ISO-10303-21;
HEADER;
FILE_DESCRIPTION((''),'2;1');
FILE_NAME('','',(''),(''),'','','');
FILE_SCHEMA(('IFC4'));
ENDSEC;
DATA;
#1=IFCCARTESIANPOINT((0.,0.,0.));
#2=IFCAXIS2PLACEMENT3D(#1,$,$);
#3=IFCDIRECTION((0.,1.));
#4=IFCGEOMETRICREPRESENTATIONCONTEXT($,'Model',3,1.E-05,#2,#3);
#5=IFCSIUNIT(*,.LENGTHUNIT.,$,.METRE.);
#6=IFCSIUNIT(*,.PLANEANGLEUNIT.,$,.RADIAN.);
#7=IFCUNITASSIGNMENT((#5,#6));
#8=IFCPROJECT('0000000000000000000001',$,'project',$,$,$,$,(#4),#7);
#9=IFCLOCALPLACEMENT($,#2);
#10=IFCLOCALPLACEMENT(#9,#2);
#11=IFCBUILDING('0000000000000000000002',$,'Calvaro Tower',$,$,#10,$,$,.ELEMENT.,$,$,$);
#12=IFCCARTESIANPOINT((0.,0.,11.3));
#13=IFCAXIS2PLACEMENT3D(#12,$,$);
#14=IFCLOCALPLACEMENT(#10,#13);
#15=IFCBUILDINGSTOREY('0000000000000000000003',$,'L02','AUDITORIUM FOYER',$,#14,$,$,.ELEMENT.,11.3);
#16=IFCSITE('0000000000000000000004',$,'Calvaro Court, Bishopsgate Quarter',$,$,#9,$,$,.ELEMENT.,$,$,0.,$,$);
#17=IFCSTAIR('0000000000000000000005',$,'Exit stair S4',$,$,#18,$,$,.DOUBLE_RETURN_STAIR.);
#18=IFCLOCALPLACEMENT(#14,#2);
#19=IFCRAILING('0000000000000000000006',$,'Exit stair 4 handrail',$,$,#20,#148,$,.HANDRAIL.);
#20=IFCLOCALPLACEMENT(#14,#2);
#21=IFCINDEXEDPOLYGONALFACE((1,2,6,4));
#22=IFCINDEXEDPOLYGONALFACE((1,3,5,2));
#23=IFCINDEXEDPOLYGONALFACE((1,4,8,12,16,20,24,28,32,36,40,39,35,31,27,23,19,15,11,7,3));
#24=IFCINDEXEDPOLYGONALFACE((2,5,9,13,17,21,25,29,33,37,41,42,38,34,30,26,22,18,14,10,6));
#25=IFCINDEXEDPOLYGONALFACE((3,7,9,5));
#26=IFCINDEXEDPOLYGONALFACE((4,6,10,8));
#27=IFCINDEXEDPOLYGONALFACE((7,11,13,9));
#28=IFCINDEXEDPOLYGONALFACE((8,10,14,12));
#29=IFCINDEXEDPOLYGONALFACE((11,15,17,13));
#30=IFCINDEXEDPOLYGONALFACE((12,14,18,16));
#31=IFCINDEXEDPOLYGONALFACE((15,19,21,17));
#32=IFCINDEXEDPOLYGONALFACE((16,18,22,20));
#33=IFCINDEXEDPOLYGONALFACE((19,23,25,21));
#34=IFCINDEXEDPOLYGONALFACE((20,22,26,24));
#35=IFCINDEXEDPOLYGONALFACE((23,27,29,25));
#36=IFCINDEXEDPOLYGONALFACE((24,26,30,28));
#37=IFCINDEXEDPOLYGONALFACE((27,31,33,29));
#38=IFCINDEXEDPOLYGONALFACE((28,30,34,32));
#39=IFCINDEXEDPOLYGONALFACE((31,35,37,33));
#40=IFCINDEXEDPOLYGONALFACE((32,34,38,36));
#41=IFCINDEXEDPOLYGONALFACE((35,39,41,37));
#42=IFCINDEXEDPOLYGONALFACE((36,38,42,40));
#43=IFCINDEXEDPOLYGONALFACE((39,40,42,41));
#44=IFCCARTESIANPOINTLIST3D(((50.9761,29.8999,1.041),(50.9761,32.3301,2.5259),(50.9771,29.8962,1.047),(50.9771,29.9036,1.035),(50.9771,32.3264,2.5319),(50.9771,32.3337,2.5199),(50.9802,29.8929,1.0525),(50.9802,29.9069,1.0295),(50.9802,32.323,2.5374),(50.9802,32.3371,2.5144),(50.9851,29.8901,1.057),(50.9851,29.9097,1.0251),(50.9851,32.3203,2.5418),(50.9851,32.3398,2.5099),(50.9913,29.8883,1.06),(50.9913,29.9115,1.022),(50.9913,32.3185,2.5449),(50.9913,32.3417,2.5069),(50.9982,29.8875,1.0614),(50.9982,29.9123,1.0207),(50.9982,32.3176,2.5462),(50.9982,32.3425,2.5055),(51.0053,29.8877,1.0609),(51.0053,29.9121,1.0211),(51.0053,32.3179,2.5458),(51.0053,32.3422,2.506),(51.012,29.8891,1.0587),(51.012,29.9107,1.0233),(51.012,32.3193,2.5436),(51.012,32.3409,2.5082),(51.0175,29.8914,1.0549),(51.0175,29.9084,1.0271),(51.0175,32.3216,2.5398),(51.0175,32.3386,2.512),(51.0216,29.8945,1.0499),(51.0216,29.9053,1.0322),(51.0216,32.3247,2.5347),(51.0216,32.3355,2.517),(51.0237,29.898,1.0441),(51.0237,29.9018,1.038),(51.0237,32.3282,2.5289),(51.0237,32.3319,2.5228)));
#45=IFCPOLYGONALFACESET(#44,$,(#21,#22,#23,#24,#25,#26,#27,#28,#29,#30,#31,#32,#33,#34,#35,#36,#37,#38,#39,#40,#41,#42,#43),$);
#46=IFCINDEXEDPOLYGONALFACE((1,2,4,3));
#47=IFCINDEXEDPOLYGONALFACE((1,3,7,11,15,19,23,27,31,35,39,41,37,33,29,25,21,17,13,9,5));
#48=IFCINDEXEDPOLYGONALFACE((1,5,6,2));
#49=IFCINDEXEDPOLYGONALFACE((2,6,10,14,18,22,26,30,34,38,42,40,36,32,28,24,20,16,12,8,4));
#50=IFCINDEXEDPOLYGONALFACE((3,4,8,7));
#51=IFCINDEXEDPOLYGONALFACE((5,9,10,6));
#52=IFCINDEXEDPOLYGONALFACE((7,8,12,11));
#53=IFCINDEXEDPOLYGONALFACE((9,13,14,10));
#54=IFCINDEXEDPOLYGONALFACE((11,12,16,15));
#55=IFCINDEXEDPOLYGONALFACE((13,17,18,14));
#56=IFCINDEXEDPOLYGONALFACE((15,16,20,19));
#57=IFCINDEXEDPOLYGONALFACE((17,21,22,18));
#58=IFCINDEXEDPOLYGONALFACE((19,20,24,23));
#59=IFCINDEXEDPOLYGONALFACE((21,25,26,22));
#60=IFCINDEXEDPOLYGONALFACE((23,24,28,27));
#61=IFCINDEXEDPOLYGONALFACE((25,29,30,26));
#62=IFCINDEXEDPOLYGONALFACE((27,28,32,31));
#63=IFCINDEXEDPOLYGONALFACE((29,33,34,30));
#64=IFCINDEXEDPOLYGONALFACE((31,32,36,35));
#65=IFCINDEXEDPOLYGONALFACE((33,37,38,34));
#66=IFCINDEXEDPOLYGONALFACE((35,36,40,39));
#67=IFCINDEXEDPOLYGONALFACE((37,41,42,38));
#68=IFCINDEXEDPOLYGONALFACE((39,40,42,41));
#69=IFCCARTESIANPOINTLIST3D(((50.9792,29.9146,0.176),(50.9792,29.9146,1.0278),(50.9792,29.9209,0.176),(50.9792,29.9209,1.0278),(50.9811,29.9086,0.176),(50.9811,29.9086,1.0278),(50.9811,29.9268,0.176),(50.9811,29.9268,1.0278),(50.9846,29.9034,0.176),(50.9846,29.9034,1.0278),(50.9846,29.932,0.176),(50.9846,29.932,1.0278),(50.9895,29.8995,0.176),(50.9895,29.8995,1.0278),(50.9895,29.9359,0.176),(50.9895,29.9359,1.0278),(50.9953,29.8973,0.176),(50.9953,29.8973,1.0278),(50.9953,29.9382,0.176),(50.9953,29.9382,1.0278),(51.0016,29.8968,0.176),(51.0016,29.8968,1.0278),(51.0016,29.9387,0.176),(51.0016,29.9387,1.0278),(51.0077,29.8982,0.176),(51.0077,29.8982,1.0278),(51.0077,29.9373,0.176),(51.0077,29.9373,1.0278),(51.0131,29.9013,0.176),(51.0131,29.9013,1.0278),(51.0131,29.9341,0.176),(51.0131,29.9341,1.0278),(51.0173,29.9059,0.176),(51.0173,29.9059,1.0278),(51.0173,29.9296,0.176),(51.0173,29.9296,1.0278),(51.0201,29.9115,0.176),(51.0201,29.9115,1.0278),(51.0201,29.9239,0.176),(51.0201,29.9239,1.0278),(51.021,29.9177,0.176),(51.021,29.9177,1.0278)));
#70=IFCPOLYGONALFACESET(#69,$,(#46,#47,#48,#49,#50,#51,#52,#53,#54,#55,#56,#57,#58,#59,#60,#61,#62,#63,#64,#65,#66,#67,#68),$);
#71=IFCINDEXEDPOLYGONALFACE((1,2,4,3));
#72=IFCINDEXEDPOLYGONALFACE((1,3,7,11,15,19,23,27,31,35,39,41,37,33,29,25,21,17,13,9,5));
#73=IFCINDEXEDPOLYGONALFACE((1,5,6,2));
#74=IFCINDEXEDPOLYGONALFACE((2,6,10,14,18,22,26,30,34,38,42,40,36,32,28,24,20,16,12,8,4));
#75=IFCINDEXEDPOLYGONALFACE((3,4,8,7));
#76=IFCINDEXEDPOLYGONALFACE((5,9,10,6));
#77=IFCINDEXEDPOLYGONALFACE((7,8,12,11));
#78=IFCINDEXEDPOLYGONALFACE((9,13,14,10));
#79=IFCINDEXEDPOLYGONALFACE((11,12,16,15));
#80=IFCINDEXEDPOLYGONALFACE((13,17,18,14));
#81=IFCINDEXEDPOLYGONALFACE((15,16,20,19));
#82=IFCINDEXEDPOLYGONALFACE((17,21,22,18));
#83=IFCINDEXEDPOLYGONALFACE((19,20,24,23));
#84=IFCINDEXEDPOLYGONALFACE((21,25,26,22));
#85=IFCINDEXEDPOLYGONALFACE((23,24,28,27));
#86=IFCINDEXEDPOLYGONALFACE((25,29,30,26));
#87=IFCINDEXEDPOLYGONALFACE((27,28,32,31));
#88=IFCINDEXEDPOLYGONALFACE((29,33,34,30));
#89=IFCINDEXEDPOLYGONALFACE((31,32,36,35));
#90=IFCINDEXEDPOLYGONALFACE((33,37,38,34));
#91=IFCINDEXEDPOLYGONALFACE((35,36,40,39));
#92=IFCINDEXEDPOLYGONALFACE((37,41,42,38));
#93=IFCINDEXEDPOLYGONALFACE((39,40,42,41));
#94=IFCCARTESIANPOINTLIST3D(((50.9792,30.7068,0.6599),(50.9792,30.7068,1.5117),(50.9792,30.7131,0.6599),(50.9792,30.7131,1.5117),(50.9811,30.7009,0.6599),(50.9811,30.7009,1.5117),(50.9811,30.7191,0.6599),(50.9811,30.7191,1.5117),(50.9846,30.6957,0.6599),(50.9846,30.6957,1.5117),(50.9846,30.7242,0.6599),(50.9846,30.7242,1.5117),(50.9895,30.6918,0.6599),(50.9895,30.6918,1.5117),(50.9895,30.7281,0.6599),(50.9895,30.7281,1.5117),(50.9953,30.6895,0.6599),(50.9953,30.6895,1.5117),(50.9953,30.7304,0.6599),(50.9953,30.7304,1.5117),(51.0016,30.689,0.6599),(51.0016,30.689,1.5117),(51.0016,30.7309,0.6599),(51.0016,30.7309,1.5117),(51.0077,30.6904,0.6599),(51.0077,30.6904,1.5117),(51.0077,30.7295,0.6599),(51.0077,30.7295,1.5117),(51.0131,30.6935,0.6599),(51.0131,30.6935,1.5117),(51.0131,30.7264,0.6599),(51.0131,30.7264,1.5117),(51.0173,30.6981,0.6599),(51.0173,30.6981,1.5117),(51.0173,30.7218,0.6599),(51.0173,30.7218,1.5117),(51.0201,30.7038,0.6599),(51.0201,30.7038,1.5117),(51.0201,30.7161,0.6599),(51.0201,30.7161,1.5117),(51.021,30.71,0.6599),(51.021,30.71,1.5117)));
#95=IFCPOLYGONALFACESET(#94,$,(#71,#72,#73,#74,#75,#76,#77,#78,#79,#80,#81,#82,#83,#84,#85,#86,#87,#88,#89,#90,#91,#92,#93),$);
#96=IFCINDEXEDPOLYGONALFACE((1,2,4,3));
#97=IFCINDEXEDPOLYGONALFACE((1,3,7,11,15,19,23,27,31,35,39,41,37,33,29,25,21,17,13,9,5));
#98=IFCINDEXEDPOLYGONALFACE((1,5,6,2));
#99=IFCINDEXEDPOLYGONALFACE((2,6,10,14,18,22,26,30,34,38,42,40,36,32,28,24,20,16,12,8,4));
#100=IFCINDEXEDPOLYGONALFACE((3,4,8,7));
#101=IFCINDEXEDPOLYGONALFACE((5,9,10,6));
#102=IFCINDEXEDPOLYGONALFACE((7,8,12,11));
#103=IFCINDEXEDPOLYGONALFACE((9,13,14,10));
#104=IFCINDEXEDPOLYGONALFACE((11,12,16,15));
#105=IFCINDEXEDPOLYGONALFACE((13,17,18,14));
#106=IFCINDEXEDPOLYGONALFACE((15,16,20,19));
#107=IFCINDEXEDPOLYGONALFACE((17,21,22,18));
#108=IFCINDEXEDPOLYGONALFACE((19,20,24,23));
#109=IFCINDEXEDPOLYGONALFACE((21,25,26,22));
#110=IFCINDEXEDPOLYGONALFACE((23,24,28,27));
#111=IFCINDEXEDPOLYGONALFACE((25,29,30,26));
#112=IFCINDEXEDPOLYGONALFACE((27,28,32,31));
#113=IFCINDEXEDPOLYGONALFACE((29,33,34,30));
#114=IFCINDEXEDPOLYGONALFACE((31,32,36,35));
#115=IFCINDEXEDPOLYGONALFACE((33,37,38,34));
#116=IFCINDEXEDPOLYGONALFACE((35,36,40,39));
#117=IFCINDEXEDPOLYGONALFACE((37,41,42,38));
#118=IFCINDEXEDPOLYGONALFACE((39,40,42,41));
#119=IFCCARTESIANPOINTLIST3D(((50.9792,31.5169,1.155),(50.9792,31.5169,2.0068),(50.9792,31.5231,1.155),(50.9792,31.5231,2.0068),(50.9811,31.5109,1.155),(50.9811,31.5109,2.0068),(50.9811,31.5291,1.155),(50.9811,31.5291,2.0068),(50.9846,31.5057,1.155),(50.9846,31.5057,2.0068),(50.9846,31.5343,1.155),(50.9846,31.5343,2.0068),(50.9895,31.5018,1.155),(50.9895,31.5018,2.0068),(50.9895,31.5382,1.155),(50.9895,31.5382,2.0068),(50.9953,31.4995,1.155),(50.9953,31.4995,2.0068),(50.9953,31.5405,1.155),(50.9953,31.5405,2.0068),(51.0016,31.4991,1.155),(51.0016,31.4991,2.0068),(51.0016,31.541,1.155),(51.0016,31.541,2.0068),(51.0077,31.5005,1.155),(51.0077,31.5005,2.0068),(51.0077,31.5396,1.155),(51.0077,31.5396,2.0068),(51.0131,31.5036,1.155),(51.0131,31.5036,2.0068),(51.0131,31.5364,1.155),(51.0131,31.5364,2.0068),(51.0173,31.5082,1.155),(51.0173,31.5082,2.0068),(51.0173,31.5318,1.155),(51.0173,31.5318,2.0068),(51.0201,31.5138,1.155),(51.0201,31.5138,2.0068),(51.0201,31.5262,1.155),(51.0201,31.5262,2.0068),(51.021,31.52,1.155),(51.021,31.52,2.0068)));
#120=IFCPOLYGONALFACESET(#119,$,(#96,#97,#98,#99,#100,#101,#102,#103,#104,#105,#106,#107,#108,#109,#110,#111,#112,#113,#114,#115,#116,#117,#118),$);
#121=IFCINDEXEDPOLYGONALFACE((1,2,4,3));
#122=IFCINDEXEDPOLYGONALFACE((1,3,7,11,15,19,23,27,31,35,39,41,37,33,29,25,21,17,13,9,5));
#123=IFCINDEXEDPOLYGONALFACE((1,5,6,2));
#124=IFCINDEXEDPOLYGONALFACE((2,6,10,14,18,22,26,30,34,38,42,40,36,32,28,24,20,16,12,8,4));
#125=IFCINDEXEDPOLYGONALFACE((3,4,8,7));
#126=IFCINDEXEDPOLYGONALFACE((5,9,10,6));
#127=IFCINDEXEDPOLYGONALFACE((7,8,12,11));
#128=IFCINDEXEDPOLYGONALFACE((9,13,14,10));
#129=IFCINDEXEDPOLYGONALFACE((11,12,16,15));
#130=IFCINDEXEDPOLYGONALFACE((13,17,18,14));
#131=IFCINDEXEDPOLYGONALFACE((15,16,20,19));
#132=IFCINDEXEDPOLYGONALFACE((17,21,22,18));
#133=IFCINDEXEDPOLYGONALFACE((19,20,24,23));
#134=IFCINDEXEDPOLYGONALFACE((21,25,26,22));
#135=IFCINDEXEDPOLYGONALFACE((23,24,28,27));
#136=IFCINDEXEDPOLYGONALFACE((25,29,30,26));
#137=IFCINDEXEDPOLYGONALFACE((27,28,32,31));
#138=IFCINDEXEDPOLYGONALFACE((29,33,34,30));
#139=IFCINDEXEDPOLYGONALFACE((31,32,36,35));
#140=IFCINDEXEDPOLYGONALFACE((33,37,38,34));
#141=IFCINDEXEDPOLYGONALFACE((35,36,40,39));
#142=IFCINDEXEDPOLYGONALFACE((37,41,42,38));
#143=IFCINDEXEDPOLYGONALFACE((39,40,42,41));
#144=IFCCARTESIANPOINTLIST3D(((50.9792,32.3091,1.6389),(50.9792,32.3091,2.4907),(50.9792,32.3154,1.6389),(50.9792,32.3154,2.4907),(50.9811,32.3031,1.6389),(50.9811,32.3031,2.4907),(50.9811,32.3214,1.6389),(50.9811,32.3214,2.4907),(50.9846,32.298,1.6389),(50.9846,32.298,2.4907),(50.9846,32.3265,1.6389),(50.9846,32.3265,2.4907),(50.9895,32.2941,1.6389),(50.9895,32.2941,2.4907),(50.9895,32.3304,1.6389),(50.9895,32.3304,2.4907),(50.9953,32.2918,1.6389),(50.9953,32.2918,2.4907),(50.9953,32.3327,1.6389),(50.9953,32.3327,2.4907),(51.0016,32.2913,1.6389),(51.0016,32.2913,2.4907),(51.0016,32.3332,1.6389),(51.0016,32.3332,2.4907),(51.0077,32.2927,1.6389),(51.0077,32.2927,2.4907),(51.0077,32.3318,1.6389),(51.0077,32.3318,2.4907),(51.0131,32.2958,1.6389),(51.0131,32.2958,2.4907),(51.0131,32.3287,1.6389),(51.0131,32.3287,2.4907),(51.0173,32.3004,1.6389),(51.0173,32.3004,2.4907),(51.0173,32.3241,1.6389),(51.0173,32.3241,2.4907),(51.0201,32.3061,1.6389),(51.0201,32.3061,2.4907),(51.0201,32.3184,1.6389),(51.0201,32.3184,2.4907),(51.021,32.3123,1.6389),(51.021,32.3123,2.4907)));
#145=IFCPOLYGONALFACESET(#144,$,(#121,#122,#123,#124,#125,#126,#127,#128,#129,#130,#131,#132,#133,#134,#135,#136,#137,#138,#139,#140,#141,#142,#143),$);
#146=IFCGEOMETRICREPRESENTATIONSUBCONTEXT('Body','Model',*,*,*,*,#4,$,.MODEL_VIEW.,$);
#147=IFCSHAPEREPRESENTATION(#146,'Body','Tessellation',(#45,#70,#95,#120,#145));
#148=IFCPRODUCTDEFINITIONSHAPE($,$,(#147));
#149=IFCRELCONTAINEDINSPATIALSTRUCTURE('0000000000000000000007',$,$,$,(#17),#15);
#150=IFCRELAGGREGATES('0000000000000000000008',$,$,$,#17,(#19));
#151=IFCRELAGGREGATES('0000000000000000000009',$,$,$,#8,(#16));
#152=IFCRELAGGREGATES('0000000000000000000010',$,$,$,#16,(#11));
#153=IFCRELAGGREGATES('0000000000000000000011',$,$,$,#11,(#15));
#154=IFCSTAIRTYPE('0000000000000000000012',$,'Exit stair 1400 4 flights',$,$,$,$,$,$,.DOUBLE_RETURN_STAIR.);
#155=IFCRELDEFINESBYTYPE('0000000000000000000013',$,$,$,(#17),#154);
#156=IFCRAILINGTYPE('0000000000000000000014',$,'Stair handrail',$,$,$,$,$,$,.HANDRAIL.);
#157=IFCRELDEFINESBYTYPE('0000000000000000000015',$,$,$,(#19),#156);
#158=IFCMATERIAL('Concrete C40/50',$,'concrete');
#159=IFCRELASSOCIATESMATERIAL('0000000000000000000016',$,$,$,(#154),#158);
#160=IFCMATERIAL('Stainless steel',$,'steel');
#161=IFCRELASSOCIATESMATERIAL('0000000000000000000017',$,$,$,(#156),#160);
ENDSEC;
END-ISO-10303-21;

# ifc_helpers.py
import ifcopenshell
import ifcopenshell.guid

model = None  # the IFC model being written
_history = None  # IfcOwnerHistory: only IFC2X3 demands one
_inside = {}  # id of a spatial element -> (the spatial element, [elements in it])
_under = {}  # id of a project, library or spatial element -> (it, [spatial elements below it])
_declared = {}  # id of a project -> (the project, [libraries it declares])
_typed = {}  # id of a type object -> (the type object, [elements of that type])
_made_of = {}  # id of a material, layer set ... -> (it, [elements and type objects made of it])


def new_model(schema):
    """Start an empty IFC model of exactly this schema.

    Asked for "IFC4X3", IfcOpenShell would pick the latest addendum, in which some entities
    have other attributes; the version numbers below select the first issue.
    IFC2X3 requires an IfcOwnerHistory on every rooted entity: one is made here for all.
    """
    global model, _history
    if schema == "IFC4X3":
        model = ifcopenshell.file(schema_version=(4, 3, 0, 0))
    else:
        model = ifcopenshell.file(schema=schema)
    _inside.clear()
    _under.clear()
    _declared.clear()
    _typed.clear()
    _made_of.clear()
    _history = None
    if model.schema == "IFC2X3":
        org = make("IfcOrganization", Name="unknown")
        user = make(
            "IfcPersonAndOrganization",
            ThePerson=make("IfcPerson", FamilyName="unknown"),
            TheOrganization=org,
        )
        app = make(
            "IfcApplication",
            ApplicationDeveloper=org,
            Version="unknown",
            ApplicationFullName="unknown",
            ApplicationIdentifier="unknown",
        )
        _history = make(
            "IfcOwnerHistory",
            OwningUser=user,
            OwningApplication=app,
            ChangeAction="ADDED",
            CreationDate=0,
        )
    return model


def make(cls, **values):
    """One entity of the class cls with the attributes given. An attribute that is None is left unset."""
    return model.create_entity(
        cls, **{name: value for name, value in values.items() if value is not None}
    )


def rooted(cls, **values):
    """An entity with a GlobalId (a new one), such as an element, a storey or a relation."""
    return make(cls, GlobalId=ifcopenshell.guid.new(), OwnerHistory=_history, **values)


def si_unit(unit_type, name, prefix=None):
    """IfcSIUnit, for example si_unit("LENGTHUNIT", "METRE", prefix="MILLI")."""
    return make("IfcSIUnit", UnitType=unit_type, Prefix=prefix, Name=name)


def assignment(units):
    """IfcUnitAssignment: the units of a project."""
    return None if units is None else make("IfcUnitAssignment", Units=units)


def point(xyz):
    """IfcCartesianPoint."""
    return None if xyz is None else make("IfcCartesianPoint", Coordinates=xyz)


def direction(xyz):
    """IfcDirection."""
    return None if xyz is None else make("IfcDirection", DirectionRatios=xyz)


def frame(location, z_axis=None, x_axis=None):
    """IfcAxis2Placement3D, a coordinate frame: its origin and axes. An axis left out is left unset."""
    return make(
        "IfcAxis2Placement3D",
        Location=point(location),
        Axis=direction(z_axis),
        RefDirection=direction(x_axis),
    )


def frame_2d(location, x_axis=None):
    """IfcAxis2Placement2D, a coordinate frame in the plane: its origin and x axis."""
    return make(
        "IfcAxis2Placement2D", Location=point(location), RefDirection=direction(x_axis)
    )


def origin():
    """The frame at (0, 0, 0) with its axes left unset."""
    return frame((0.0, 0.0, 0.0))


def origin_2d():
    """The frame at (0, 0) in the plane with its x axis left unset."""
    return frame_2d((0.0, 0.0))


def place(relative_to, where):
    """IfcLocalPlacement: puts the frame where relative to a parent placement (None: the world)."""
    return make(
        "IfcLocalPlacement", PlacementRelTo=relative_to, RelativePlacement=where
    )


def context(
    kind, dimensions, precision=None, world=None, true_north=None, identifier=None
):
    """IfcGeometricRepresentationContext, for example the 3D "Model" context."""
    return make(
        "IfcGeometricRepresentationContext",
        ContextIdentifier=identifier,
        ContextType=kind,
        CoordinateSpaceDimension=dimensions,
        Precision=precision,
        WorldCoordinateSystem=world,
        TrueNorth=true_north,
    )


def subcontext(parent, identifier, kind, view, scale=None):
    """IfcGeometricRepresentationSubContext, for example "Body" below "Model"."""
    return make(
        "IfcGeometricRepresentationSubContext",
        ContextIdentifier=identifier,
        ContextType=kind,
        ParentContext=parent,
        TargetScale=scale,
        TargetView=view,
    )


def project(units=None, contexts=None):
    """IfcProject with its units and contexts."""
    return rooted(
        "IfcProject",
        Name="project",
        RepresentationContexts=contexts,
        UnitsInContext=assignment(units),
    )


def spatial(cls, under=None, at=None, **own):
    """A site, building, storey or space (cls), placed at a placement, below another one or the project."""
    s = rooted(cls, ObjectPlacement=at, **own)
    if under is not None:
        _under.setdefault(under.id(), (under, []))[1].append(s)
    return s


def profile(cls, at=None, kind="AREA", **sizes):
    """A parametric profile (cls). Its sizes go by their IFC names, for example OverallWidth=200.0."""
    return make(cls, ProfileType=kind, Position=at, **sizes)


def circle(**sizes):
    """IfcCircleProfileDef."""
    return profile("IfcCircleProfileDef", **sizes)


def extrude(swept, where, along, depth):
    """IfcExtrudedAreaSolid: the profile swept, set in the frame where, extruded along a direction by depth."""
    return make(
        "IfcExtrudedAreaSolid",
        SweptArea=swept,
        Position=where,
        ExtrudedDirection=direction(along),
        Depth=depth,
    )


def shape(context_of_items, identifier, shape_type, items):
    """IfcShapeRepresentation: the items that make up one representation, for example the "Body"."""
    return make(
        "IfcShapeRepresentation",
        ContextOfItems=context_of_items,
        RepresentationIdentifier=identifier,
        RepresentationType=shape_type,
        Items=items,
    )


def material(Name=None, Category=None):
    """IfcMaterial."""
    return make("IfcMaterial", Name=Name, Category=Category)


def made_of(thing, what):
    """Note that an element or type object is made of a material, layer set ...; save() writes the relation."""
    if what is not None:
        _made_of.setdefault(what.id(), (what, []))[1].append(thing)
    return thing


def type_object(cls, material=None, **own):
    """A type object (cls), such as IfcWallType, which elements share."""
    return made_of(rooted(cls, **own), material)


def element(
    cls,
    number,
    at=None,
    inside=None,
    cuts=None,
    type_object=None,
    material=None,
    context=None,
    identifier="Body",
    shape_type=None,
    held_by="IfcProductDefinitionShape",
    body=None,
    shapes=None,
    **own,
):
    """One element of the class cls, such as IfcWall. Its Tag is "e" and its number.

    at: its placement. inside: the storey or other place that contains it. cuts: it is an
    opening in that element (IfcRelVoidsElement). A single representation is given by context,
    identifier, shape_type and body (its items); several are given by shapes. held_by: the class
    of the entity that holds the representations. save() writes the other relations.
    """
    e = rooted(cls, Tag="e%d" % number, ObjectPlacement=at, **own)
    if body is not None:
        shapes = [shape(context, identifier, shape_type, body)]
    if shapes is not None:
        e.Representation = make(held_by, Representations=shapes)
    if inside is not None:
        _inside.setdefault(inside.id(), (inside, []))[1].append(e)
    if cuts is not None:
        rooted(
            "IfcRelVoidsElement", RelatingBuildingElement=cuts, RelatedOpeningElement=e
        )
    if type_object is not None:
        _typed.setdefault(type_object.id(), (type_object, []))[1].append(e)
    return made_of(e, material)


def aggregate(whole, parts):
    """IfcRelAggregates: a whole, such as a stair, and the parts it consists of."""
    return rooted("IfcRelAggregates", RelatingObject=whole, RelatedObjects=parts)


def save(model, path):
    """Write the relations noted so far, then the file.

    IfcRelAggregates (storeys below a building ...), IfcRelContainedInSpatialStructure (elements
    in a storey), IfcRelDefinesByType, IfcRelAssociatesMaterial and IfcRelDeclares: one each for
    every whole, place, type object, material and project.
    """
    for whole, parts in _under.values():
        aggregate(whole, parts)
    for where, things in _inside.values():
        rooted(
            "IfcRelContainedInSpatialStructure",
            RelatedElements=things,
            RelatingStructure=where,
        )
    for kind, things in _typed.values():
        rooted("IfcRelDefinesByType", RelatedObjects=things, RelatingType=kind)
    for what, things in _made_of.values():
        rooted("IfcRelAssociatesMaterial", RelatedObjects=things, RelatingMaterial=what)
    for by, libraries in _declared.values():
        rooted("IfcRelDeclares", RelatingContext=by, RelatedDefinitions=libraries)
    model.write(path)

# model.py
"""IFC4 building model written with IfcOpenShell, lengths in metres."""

from ifc_helpers import new_model, si_unit, direction, frame, origin, origin_2d, place, context, subcontext, project, spatial, circle, extrude, material, type_object, element, aggregate, save


model = new_model("IFC4")

# Units and contexts
model_context = context("Model", 3, precision=1e-05, world=origin(), true_north=direction((0.0, 1.0)))
body_context = subcontext(model_context, "Body", "Model", "MODEL_VIEW")
ifc_project = project(units=[si_unit("LENGTHUNIT", "METRE"), si_unit("PLANEANGLEUNIT", "RADIAN")], contexts=[model_context])

# Site, building, storey
site_placement = place(None, origin())
site = spatial("IfcSite", under=ifc_project, at=site_placement, Name="Calvaro Court, Bishopsgate Quarter", CompositionType="ELEMENT", RefElevation=0.0)
building_placement = place(site_placement, origin())
building = spatial("IfcBuilding", under=site, at=building_placement, Name="Calvaro Tower", CompositionType="ELEMENT")
storey_placement = place(building_placement, frame((0.0, 0.0, 11.3)))
storey = spatial("IfcBuildingStorey", under=building, at=storey_placement, Name="L02", Description="AUDITORIUM FOYER", CompositionType="ELEMENT", Elevation=11.3)

# Stair
ifc_material_1 = material(Name="Concrete C40/50", Category="concrete")
stair_type = type_object("IfcStairType", Name="Exit stair 1400 4 flights", PredefinedType="DOUBLE_RETURN_STAIR", material=ifc_material_1)
stair_1_placement = place(storey_placement, origin())
stair_1 = element("IfcStair", 1, at=stair_1_placement, inside=storey, type_object=stair_type, Name="Exit stair S4", PredefinedType="DOUBLE_RETURN_STAIR")

# Shared definitions
ifc_material_2 = material(Name="Stainless steel", Category="steel")
railing_type = type_object("IfcRailingType", Name="Stair handrail", PredefinedType="HANDRAIL", material=ifc_material_2)

# Railing
railing_1_placement = place(storey_placement, frame((51.0, 29.8999, 0.165)))
railing_1 = element("IfcRailing", 2, at=railing_1_placement, type_object=railing_type, Name="Exit stair 4 handrail", PredefinedType="HANDRAIL", context=body_context, shape_type="SweptSolid", body=[
    extrude(circle(Radius=0.0239, at=origin_2d()), frame((0.0, 0.0, 0.876), z_axis=(0.0, 0.85332, 0.521388), x_axis=(-1.0, 0.0, 0.0)), (0.0, 0.0, 1.0), 2.8479),
    extrude(circle(Radius=0.021, at=origin_2d()), frame((0.0, 0.0178, 0.011)), (0.0, 0.0, 1.0), 0.8518),
    extrude(circle(Radius=0.021, at=origin_2d()), frame((0.0, 0.8101, 0.4949)), (0.0, 0.0, 1.0), 0.8518),
    extrude(circle(Radius=0.021, at=origin_2d()), frame((0.0, 1.6201, 0.99)), (0.0, 0.0, 1.0), 0.8518),
    extrude(circle(Radius=0.021, at=origin_2d()), frame((0.0, 2.4124, 1.4739)), (0.0, 0.0, 1.0), 0.8518),
])
aggregate(stair_1, [railing_1])

save(model, "model.ifc")
